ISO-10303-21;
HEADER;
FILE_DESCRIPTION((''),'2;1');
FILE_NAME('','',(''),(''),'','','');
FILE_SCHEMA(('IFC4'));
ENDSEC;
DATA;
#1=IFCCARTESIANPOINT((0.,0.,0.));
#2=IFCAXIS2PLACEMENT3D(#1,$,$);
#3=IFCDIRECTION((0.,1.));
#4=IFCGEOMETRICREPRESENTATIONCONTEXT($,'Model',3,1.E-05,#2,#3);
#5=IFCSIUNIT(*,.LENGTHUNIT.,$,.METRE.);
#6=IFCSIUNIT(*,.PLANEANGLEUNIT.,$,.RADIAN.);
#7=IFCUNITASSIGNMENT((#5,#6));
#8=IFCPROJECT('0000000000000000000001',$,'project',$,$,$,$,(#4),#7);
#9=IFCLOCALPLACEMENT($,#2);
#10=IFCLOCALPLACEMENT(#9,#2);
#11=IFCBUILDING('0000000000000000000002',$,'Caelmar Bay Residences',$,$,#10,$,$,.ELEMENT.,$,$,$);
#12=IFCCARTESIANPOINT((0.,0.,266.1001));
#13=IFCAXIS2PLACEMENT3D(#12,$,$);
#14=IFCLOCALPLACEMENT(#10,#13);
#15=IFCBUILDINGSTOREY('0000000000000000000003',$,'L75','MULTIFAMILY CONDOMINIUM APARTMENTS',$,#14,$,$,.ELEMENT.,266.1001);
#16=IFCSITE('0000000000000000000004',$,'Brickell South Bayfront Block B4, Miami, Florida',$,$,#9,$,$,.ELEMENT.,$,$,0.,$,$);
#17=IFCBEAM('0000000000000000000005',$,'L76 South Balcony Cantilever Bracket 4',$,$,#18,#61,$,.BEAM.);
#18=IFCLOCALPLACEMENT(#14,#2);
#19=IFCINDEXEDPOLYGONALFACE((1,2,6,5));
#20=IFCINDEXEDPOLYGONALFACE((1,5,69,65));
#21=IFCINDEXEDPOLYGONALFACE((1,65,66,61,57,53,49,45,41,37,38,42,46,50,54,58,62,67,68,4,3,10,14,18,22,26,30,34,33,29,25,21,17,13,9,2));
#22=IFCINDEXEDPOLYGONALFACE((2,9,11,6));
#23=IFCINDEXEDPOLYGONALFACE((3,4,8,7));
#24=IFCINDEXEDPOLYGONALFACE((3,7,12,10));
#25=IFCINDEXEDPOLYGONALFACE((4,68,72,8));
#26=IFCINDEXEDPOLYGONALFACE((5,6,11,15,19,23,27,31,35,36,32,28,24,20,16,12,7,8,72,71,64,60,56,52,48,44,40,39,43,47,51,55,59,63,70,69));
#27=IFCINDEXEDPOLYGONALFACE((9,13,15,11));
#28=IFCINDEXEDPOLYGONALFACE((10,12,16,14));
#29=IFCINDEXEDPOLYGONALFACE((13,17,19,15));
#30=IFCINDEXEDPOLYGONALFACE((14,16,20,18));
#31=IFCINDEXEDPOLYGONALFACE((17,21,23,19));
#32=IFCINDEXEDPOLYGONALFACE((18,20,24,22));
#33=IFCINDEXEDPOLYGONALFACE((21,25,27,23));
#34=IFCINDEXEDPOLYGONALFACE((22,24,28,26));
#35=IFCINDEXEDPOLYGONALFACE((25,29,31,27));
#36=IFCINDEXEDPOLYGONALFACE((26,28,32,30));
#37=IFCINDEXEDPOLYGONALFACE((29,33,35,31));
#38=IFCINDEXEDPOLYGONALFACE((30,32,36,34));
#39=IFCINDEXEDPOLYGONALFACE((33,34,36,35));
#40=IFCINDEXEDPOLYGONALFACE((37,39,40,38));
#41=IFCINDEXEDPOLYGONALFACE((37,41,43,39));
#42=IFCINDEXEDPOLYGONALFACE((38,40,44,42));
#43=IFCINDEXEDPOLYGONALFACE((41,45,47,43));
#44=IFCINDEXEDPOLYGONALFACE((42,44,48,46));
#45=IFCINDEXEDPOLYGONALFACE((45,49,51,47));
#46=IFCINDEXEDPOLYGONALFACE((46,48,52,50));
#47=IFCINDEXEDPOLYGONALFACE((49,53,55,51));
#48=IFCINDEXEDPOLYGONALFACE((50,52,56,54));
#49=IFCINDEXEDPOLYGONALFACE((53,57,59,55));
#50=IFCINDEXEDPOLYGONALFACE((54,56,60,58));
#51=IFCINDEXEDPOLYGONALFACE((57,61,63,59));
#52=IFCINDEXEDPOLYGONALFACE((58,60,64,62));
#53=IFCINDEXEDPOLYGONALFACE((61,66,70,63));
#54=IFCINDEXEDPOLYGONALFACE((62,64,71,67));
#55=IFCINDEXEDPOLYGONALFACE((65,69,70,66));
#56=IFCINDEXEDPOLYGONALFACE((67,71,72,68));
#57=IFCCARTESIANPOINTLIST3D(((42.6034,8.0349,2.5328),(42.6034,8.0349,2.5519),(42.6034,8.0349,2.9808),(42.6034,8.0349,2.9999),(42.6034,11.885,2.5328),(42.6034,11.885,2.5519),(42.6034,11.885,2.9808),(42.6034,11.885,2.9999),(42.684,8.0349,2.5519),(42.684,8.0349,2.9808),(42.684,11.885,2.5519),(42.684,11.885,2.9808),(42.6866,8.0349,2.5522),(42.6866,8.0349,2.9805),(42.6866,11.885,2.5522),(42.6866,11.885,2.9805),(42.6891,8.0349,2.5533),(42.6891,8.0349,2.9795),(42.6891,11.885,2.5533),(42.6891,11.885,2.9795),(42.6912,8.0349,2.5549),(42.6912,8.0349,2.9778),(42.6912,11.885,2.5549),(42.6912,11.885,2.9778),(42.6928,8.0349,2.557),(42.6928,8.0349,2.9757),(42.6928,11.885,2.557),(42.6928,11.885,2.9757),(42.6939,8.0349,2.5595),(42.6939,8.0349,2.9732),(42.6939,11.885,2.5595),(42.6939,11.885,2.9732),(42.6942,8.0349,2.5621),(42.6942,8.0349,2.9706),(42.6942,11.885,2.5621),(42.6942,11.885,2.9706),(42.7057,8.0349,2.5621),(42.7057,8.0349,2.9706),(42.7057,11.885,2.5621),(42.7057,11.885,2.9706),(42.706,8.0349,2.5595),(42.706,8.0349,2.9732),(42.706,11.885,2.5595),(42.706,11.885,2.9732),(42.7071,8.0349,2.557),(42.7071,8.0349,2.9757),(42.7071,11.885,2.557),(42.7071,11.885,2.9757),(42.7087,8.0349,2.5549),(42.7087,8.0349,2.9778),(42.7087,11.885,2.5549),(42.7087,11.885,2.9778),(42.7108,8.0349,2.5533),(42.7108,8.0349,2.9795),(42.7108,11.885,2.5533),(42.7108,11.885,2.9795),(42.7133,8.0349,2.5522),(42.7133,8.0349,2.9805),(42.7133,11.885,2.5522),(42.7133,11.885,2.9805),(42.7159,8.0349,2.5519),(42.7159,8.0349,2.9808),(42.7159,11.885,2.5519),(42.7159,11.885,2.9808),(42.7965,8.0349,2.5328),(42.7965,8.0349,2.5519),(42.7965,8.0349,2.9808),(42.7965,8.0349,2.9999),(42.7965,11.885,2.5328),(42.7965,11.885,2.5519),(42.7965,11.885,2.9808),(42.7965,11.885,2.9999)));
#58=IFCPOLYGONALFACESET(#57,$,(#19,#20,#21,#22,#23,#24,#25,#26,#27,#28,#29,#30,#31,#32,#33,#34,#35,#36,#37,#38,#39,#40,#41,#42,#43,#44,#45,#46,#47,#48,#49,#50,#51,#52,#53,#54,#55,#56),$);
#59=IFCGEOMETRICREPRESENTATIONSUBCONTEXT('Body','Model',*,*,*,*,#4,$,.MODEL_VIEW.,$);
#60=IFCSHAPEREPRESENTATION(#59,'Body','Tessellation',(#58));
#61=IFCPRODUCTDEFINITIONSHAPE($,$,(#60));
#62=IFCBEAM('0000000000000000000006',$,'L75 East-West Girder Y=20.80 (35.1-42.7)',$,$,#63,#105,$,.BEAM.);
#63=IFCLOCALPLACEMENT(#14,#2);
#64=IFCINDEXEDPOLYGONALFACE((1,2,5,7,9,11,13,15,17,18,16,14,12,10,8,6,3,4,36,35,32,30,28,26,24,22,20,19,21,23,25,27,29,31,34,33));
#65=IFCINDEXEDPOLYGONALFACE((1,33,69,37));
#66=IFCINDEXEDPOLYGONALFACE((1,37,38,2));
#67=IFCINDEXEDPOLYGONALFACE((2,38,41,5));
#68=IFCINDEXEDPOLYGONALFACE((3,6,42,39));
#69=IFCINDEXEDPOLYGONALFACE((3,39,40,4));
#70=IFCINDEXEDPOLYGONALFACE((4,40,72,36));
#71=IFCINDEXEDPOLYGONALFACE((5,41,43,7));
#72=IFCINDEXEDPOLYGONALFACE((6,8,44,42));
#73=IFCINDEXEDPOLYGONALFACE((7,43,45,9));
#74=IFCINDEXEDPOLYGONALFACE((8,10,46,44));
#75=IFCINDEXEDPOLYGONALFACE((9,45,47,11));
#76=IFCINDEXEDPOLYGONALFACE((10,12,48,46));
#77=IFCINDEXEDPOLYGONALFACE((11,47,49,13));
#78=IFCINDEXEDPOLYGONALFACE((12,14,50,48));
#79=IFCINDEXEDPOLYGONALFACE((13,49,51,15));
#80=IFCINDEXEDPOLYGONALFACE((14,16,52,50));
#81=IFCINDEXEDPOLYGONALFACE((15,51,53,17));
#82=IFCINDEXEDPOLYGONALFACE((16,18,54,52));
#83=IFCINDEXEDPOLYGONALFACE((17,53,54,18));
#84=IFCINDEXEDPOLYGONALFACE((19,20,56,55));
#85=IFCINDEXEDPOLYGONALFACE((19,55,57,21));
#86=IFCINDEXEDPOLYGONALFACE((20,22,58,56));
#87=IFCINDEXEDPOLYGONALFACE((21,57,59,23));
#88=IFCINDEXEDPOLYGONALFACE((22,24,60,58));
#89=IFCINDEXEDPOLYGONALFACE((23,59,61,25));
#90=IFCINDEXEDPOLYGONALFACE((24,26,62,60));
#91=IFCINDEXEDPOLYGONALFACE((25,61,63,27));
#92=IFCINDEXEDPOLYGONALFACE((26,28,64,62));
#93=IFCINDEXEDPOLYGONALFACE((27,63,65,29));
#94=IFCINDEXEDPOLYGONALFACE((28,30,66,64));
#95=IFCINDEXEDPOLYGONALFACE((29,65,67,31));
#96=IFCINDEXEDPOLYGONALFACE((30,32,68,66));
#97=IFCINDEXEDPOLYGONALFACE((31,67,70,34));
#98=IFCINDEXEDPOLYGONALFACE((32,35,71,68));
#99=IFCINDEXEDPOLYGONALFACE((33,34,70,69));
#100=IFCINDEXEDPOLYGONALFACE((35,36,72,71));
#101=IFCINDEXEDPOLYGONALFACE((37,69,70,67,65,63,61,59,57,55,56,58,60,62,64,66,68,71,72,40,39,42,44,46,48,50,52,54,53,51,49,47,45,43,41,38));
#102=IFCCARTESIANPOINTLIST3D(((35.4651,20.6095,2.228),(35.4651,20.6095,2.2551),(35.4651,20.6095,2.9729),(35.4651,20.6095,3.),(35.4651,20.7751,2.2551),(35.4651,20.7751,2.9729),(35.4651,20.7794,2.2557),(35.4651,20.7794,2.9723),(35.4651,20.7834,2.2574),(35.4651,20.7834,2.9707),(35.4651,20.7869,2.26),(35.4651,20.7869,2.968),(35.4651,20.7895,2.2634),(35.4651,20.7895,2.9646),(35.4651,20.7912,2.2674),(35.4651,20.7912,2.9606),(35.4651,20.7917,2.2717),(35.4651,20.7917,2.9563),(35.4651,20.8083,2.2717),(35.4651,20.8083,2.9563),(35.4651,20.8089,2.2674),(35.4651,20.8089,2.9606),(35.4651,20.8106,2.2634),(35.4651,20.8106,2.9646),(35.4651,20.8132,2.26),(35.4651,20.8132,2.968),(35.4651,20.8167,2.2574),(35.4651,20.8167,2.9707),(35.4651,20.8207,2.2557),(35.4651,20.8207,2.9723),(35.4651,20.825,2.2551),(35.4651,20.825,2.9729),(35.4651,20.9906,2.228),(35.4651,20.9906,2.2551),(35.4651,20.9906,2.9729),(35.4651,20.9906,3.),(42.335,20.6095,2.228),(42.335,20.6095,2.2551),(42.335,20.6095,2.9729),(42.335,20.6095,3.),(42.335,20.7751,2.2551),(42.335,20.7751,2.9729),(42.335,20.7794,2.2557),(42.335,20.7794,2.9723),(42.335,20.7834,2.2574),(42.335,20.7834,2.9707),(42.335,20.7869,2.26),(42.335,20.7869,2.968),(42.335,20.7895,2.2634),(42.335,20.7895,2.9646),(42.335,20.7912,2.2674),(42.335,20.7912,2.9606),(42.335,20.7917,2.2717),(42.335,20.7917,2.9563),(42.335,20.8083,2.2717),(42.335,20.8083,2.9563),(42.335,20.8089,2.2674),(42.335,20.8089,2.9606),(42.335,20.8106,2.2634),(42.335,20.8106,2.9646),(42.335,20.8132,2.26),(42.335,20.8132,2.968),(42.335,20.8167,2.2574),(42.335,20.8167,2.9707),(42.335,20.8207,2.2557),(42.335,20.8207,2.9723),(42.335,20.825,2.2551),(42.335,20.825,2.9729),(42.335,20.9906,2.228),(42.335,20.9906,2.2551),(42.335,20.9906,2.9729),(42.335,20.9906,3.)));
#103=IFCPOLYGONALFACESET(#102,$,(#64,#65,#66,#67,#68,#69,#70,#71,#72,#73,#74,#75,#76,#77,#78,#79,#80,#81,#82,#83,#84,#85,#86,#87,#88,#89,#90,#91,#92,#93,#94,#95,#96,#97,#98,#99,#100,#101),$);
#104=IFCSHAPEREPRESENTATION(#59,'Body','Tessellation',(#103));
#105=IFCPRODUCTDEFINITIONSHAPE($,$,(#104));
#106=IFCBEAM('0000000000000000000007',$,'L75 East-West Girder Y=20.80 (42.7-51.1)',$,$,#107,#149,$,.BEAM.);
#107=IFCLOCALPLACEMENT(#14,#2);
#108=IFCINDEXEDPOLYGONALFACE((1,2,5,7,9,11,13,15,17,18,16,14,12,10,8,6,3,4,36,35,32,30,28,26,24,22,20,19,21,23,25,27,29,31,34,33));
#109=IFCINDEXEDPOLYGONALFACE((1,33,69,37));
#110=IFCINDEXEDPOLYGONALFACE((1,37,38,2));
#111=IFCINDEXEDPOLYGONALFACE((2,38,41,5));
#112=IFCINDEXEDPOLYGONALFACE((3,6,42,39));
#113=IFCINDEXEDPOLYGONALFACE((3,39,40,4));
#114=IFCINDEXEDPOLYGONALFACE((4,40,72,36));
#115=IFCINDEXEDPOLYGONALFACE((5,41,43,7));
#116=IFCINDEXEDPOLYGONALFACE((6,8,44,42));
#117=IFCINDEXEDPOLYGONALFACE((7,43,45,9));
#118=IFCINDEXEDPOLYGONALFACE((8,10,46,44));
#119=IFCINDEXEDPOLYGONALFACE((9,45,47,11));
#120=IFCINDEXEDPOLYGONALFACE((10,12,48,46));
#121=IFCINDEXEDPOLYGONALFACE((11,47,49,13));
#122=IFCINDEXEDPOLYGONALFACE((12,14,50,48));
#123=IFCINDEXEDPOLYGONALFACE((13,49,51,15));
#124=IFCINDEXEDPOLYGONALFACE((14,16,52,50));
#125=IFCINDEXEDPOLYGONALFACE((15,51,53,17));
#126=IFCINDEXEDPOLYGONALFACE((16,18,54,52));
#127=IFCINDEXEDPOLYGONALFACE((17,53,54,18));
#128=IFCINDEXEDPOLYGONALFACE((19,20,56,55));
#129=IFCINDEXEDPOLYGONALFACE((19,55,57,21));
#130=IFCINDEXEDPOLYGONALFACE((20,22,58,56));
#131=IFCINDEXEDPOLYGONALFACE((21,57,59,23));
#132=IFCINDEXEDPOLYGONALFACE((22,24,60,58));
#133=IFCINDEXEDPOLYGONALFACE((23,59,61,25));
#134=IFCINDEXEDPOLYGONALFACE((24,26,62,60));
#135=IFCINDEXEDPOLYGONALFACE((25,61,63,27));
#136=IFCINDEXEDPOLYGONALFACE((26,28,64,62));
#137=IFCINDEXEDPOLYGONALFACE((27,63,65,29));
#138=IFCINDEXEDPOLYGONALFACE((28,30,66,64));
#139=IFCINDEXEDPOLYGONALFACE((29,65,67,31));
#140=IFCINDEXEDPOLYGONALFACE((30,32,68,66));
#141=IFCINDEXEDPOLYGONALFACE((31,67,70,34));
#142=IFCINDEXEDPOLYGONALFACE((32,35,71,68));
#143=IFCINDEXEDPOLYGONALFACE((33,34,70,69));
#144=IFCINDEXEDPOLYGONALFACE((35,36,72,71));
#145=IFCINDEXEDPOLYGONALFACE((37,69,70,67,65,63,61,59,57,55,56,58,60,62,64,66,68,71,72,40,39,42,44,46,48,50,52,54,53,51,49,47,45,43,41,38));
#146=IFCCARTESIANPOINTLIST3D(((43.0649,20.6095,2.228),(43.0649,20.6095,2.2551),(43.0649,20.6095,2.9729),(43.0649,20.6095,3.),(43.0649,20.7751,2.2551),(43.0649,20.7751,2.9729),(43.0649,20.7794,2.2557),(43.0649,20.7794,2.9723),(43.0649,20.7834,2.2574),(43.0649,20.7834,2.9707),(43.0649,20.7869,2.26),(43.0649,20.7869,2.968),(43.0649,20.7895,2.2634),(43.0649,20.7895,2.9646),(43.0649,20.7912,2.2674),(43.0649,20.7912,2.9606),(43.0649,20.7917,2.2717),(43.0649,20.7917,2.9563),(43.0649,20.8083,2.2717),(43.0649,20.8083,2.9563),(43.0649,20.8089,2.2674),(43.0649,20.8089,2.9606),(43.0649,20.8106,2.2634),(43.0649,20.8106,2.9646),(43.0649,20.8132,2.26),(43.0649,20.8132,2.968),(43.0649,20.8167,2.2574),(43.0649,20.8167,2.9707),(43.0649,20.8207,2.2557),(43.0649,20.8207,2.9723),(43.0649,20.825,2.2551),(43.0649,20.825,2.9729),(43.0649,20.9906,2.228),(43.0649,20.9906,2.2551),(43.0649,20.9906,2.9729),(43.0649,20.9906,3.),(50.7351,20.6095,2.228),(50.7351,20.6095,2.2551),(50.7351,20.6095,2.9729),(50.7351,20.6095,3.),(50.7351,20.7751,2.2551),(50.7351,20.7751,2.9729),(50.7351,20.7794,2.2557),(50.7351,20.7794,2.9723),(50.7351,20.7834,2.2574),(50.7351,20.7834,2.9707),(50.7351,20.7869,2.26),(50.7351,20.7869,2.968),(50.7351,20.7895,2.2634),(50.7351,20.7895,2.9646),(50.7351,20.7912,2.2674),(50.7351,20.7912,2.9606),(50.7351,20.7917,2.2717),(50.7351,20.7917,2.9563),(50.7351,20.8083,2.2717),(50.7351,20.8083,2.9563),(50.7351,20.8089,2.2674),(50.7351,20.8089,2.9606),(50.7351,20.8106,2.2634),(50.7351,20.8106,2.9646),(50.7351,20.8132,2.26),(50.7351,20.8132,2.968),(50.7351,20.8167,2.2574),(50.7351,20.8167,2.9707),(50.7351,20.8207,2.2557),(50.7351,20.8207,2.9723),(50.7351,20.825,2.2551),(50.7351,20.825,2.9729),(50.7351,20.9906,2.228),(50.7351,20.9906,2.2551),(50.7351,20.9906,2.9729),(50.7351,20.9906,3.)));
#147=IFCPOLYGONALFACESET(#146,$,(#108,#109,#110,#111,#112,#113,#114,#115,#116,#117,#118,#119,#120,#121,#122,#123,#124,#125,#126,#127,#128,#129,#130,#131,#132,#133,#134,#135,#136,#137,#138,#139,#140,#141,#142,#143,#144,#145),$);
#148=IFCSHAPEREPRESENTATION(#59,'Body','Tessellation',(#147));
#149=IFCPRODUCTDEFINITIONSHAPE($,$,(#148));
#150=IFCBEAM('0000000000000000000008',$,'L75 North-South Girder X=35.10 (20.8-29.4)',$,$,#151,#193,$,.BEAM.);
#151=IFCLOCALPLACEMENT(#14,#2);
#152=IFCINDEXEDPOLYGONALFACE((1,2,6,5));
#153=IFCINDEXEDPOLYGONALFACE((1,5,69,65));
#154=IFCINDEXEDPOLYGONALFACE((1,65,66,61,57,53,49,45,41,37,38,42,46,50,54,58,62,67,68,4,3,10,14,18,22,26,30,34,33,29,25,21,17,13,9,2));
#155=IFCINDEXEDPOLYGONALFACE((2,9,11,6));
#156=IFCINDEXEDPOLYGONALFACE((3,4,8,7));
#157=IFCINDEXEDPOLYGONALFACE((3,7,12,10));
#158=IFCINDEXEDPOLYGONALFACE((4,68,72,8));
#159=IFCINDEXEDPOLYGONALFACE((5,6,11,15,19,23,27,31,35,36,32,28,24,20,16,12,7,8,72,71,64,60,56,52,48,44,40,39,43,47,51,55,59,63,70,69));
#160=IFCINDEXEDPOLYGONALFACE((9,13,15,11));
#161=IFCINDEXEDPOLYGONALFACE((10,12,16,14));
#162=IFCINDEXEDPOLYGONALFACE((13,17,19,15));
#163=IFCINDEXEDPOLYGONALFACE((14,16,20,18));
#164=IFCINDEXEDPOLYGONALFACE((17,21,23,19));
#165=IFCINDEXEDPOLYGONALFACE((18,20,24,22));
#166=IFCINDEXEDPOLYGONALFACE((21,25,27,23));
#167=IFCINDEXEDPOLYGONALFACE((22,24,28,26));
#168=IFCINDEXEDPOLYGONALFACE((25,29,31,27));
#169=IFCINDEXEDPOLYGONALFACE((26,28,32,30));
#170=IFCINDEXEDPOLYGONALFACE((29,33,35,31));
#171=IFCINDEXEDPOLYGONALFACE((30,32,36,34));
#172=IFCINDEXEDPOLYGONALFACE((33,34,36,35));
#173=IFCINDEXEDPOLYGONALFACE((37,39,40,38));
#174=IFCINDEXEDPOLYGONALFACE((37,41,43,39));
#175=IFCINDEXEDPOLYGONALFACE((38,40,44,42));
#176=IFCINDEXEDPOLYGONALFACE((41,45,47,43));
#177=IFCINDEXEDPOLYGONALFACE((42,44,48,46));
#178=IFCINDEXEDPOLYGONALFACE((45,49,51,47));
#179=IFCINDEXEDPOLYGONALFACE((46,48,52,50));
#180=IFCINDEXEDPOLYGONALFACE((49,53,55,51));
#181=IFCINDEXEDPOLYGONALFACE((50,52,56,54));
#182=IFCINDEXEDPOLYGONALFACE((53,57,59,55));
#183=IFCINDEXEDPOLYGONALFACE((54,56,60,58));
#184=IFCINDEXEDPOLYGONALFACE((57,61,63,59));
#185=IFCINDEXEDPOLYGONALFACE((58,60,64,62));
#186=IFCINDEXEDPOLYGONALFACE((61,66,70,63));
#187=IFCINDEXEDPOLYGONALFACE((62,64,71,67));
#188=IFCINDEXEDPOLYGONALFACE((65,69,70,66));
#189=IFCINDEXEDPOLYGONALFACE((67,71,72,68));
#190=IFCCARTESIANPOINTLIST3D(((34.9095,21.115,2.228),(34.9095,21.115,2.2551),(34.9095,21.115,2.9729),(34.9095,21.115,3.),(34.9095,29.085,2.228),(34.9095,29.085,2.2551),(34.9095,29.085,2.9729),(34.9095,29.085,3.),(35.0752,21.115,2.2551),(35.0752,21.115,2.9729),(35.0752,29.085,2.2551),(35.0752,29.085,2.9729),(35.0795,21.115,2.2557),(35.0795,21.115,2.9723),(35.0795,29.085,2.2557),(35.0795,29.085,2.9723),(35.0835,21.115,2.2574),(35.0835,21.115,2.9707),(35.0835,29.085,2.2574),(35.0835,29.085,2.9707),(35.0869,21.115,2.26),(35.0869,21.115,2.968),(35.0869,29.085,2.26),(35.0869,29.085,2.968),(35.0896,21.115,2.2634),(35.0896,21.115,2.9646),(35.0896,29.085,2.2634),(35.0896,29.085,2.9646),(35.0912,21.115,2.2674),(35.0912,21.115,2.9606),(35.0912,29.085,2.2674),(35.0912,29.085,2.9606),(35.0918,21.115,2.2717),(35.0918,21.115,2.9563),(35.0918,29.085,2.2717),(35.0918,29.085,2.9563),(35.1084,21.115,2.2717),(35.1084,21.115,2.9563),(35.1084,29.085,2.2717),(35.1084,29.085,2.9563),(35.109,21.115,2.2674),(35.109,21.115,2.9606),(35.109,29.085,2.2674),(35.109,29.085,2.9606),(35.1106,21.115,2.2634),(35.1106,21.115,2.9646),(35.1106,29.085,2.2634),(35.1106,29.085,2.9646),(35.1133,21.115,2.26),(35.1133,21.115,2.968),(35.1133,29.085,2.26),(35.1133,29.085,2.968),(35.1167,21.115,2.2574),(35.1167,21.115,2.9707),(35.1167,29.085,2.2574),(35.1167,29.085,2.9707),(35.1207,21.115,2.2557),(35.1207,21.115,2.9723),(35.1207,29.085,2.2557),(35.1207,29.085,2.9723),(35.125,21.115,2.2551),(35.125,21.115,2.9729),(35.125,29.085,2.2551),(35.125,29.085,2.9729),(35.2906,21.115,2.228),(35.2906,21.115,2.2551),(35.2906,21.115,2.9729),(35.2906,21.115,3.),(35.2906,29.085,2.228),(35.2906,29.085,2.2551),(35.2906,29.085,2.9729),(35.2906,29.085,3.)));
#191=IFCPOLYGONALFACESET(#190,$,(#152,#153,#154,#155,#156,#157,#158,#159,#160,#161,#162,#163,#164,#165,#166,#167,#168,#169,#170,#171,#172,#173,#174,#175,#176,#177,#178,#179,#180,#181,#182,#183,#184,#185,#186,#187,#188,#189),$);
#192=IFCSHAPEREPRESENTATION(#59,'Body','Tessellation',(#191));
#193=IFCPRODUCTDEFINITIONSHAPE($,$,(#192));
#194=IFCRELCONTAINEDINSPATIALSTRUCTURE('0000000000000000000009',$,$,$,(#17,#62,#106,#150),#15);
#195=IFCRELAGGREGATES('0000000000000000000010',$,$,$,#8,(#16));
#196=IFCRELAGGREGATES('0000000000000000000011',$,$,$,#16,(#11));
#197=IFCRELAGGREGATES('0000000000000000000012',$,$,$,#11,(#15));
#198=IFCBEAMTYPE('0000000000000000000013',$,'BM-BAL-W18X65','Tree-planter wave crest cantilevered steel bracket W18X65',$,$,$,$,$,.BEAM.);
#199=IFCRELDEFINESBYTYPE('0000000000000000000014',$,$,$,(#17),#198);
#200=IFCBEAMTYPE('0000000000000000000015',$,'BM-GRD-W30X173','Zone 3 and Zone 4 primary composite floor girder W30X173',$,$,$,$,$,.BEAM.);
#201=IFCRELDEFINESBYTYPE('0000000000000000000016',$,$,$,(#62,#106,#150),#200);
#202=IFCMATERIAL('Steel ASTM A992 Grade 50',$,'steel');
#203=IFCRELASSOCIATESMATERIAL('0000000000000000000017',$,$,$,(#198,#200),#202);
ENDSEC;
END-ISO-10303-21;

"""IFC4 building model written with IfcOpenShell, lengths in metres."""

from ifc_helpers import new_model, si_unit, direction, frame, origin, origin_2d, place, context, subcontext, project, spatial, i_section, extrude, material, material_profile, profile_set, type_object, element, save


model = new_model("IFC4")

# Units and contexts
model_context = context("Model", 3, precision=1e-05, world=origin(), true_north=direction((0.0, 1.0)))
body_context = subcontext(model_context, "Body", "Model", "MODEL_VIEW")
ifc_project = project(units=[si_unit("LENGTHUNIT", "METRE"), si_unit("PLANEANGLEUNIT", "RADIAN")], contexts=[model_context])

# Site, building, storey
site_placement = place(None, origin())
site = spatial("IfcSite", under=ifc_project, at=site_placement, Name="Brickell South Bayfront Block B4, Miami, Florida", CompositionType="ELEMENT", RefElevation=0.0)
building_placement = place(site_placement, origin())
building = spatial("IfcBuilding", under=site, at=building_placement, Name="Caelmar Bay Residences", CompositionType="ELEMENT")
storey_placement = place(building_placement, frame((0.0, 0.0, 266.1001)))
storey = spatial("IfcBuildingStorey", under=building, at=storey_placement, Name="L75", Description="MULTIFAMILY CONDOMINIUM APARTMENTS", CompositionType="ELEMENT", Elevation=266.1001)

# Beams
ifc_material_1 = material(Name="Steel ASTM A992 Grade 50", Category="steel")
ifc_material_profile_1 = material_profile(ifc_material_1, i_section(OverallWidth=0.1931, OverallDepth=0.467, WebThickness=0.0115, FlangeThickness=0.019, FilletRadius=0.0103, at=origin_2d()), Name="W18X65")
ifc_profile_set_1 = profile_set([ifc_material_profile_1], Name="Steel ASTM A992 Grade 50")
beam_type_1 = type_object("IfcBeamType", Name="BM-BAL-W18X65", Description="Tree-planter wave crest cantilevered steel bracket W18X65", PredefinedType="BEAM", material=ifc_profile_set_1)
beam_1_placement = place(storey_placement, frame((42.7, 11.885, 2.7664), z_axis=(0.0, -1.0, 0.0), x_axis=(1.0, 0.0, 0.0)))
element("IfcBeam", 1, at=beam_1_placement, inside=storey, type_object=beam_type_1, Name="L76 South Balcony Cantilever Bracket 4", PredefinedType="BEAM", context=body_context, shape_type="SweptSolid", body=[
    extrude(i_section(OverallWidth=0.1931, OverallDepth=0.467, WebThickness=0.0115, FlangeThickness=0.019, FilletRadius=0.0103, at=origin_2d()), origin(), (0.0, 0.0, 1.0), 3.8501),
])
ifc_material_profile_2 = material_profile(ifc_material_1, i_section(OverallWidth=0.3811, OverallDepth=0.772, WebThickness=0.0166, FlangeThickness=0.0271, FilletRadius=0.0166, at=origin_2d()), Name="W30X173")
ifc_profile_set_2 = profile_set([ifc_material_profile_2], Name="Steel ASTM A992 Grade 50")
beam_type_2 = type_object("IfcBeamType", Name="BM-GRD-W30X173", Description="Zone 3 and Zone 4 primary composite floor girder W30X173", PredefinedType="BEAM", material=ifc_profile_set_2)
beam_2_placement = place(storey_placement, frame((35.4651, 20.8, 2.614), z_axis=(1.0, 0.0, 0.0), x_axis=(0.0, 1.0, 0.0)))
element("IfcBeam", 2, at=beam_2_placement, inside=storey, type_object=beam_type_2, Name="L75 East-West Girder Y=20.80 (35.1-42.7)", PredefinedType="BEAM", context=body_context, shape_type="SweptSolid", body=[
    extrude(i_section(OverallWidth=0.3811, OverallDepth=0.772, WebThickness=0.0166, FlangeThickness=0.0271, FilletRadius=0.0166, at=origin_2d()), origin(), (0.0, 0.0, 1.0), 6.8699),
])
beam_3_placement = place(storey_placement, frame((43.0649, 20.8, 2.614), z_axis=(1.0, 0.0, 0.0), x_axis=(0.0, 1.0, 0.0)))
element("IfcBeam", 3, at=beam_3_placement, inside=storey, type_object=beam_type_2, Name="L75 East-West Girder Y=20.80 (42.7-51.1)", PredefinedType="BEAM", context=body_context, shape_type="SweptSolid", body=[
    extrude(i_section(OverallWidth=0.3811, OverallDepth=0.772, WebThickness=0.0166, FlangeThickness=0.0271, FilletRadius=0.0166, at=origin_2d()), origin(), (0.0, 0.0, 1.0), 7.6702),
])
beam_4_placement = place(storey_placement, frame((35.1001, 21.115, 2.614), z_axis=(0.0, 1.0, 0.0), x_axis=(-1.0, 0.0, 0.0)))
element("IfcBeam", 4, at=beam_4_placement, inside=storey, type_object=beam_type_2, Name="L75 North-South Girder X=35.10 (20.8-29.4)", PredefinedType="BEAM", context=body_context, shape_type="SweptSolid", body=[
    extrude(i_section(OverallWidth=0.3811, OverallDepth=0.772, WebThickness=0.0166, FlangeThickness=0.0271, FilletRadius=0.0166, at=origin_2d()), origin(), (0.0, 0.0, 1.0), 7.97),
])

save(model, "model.ifc")
